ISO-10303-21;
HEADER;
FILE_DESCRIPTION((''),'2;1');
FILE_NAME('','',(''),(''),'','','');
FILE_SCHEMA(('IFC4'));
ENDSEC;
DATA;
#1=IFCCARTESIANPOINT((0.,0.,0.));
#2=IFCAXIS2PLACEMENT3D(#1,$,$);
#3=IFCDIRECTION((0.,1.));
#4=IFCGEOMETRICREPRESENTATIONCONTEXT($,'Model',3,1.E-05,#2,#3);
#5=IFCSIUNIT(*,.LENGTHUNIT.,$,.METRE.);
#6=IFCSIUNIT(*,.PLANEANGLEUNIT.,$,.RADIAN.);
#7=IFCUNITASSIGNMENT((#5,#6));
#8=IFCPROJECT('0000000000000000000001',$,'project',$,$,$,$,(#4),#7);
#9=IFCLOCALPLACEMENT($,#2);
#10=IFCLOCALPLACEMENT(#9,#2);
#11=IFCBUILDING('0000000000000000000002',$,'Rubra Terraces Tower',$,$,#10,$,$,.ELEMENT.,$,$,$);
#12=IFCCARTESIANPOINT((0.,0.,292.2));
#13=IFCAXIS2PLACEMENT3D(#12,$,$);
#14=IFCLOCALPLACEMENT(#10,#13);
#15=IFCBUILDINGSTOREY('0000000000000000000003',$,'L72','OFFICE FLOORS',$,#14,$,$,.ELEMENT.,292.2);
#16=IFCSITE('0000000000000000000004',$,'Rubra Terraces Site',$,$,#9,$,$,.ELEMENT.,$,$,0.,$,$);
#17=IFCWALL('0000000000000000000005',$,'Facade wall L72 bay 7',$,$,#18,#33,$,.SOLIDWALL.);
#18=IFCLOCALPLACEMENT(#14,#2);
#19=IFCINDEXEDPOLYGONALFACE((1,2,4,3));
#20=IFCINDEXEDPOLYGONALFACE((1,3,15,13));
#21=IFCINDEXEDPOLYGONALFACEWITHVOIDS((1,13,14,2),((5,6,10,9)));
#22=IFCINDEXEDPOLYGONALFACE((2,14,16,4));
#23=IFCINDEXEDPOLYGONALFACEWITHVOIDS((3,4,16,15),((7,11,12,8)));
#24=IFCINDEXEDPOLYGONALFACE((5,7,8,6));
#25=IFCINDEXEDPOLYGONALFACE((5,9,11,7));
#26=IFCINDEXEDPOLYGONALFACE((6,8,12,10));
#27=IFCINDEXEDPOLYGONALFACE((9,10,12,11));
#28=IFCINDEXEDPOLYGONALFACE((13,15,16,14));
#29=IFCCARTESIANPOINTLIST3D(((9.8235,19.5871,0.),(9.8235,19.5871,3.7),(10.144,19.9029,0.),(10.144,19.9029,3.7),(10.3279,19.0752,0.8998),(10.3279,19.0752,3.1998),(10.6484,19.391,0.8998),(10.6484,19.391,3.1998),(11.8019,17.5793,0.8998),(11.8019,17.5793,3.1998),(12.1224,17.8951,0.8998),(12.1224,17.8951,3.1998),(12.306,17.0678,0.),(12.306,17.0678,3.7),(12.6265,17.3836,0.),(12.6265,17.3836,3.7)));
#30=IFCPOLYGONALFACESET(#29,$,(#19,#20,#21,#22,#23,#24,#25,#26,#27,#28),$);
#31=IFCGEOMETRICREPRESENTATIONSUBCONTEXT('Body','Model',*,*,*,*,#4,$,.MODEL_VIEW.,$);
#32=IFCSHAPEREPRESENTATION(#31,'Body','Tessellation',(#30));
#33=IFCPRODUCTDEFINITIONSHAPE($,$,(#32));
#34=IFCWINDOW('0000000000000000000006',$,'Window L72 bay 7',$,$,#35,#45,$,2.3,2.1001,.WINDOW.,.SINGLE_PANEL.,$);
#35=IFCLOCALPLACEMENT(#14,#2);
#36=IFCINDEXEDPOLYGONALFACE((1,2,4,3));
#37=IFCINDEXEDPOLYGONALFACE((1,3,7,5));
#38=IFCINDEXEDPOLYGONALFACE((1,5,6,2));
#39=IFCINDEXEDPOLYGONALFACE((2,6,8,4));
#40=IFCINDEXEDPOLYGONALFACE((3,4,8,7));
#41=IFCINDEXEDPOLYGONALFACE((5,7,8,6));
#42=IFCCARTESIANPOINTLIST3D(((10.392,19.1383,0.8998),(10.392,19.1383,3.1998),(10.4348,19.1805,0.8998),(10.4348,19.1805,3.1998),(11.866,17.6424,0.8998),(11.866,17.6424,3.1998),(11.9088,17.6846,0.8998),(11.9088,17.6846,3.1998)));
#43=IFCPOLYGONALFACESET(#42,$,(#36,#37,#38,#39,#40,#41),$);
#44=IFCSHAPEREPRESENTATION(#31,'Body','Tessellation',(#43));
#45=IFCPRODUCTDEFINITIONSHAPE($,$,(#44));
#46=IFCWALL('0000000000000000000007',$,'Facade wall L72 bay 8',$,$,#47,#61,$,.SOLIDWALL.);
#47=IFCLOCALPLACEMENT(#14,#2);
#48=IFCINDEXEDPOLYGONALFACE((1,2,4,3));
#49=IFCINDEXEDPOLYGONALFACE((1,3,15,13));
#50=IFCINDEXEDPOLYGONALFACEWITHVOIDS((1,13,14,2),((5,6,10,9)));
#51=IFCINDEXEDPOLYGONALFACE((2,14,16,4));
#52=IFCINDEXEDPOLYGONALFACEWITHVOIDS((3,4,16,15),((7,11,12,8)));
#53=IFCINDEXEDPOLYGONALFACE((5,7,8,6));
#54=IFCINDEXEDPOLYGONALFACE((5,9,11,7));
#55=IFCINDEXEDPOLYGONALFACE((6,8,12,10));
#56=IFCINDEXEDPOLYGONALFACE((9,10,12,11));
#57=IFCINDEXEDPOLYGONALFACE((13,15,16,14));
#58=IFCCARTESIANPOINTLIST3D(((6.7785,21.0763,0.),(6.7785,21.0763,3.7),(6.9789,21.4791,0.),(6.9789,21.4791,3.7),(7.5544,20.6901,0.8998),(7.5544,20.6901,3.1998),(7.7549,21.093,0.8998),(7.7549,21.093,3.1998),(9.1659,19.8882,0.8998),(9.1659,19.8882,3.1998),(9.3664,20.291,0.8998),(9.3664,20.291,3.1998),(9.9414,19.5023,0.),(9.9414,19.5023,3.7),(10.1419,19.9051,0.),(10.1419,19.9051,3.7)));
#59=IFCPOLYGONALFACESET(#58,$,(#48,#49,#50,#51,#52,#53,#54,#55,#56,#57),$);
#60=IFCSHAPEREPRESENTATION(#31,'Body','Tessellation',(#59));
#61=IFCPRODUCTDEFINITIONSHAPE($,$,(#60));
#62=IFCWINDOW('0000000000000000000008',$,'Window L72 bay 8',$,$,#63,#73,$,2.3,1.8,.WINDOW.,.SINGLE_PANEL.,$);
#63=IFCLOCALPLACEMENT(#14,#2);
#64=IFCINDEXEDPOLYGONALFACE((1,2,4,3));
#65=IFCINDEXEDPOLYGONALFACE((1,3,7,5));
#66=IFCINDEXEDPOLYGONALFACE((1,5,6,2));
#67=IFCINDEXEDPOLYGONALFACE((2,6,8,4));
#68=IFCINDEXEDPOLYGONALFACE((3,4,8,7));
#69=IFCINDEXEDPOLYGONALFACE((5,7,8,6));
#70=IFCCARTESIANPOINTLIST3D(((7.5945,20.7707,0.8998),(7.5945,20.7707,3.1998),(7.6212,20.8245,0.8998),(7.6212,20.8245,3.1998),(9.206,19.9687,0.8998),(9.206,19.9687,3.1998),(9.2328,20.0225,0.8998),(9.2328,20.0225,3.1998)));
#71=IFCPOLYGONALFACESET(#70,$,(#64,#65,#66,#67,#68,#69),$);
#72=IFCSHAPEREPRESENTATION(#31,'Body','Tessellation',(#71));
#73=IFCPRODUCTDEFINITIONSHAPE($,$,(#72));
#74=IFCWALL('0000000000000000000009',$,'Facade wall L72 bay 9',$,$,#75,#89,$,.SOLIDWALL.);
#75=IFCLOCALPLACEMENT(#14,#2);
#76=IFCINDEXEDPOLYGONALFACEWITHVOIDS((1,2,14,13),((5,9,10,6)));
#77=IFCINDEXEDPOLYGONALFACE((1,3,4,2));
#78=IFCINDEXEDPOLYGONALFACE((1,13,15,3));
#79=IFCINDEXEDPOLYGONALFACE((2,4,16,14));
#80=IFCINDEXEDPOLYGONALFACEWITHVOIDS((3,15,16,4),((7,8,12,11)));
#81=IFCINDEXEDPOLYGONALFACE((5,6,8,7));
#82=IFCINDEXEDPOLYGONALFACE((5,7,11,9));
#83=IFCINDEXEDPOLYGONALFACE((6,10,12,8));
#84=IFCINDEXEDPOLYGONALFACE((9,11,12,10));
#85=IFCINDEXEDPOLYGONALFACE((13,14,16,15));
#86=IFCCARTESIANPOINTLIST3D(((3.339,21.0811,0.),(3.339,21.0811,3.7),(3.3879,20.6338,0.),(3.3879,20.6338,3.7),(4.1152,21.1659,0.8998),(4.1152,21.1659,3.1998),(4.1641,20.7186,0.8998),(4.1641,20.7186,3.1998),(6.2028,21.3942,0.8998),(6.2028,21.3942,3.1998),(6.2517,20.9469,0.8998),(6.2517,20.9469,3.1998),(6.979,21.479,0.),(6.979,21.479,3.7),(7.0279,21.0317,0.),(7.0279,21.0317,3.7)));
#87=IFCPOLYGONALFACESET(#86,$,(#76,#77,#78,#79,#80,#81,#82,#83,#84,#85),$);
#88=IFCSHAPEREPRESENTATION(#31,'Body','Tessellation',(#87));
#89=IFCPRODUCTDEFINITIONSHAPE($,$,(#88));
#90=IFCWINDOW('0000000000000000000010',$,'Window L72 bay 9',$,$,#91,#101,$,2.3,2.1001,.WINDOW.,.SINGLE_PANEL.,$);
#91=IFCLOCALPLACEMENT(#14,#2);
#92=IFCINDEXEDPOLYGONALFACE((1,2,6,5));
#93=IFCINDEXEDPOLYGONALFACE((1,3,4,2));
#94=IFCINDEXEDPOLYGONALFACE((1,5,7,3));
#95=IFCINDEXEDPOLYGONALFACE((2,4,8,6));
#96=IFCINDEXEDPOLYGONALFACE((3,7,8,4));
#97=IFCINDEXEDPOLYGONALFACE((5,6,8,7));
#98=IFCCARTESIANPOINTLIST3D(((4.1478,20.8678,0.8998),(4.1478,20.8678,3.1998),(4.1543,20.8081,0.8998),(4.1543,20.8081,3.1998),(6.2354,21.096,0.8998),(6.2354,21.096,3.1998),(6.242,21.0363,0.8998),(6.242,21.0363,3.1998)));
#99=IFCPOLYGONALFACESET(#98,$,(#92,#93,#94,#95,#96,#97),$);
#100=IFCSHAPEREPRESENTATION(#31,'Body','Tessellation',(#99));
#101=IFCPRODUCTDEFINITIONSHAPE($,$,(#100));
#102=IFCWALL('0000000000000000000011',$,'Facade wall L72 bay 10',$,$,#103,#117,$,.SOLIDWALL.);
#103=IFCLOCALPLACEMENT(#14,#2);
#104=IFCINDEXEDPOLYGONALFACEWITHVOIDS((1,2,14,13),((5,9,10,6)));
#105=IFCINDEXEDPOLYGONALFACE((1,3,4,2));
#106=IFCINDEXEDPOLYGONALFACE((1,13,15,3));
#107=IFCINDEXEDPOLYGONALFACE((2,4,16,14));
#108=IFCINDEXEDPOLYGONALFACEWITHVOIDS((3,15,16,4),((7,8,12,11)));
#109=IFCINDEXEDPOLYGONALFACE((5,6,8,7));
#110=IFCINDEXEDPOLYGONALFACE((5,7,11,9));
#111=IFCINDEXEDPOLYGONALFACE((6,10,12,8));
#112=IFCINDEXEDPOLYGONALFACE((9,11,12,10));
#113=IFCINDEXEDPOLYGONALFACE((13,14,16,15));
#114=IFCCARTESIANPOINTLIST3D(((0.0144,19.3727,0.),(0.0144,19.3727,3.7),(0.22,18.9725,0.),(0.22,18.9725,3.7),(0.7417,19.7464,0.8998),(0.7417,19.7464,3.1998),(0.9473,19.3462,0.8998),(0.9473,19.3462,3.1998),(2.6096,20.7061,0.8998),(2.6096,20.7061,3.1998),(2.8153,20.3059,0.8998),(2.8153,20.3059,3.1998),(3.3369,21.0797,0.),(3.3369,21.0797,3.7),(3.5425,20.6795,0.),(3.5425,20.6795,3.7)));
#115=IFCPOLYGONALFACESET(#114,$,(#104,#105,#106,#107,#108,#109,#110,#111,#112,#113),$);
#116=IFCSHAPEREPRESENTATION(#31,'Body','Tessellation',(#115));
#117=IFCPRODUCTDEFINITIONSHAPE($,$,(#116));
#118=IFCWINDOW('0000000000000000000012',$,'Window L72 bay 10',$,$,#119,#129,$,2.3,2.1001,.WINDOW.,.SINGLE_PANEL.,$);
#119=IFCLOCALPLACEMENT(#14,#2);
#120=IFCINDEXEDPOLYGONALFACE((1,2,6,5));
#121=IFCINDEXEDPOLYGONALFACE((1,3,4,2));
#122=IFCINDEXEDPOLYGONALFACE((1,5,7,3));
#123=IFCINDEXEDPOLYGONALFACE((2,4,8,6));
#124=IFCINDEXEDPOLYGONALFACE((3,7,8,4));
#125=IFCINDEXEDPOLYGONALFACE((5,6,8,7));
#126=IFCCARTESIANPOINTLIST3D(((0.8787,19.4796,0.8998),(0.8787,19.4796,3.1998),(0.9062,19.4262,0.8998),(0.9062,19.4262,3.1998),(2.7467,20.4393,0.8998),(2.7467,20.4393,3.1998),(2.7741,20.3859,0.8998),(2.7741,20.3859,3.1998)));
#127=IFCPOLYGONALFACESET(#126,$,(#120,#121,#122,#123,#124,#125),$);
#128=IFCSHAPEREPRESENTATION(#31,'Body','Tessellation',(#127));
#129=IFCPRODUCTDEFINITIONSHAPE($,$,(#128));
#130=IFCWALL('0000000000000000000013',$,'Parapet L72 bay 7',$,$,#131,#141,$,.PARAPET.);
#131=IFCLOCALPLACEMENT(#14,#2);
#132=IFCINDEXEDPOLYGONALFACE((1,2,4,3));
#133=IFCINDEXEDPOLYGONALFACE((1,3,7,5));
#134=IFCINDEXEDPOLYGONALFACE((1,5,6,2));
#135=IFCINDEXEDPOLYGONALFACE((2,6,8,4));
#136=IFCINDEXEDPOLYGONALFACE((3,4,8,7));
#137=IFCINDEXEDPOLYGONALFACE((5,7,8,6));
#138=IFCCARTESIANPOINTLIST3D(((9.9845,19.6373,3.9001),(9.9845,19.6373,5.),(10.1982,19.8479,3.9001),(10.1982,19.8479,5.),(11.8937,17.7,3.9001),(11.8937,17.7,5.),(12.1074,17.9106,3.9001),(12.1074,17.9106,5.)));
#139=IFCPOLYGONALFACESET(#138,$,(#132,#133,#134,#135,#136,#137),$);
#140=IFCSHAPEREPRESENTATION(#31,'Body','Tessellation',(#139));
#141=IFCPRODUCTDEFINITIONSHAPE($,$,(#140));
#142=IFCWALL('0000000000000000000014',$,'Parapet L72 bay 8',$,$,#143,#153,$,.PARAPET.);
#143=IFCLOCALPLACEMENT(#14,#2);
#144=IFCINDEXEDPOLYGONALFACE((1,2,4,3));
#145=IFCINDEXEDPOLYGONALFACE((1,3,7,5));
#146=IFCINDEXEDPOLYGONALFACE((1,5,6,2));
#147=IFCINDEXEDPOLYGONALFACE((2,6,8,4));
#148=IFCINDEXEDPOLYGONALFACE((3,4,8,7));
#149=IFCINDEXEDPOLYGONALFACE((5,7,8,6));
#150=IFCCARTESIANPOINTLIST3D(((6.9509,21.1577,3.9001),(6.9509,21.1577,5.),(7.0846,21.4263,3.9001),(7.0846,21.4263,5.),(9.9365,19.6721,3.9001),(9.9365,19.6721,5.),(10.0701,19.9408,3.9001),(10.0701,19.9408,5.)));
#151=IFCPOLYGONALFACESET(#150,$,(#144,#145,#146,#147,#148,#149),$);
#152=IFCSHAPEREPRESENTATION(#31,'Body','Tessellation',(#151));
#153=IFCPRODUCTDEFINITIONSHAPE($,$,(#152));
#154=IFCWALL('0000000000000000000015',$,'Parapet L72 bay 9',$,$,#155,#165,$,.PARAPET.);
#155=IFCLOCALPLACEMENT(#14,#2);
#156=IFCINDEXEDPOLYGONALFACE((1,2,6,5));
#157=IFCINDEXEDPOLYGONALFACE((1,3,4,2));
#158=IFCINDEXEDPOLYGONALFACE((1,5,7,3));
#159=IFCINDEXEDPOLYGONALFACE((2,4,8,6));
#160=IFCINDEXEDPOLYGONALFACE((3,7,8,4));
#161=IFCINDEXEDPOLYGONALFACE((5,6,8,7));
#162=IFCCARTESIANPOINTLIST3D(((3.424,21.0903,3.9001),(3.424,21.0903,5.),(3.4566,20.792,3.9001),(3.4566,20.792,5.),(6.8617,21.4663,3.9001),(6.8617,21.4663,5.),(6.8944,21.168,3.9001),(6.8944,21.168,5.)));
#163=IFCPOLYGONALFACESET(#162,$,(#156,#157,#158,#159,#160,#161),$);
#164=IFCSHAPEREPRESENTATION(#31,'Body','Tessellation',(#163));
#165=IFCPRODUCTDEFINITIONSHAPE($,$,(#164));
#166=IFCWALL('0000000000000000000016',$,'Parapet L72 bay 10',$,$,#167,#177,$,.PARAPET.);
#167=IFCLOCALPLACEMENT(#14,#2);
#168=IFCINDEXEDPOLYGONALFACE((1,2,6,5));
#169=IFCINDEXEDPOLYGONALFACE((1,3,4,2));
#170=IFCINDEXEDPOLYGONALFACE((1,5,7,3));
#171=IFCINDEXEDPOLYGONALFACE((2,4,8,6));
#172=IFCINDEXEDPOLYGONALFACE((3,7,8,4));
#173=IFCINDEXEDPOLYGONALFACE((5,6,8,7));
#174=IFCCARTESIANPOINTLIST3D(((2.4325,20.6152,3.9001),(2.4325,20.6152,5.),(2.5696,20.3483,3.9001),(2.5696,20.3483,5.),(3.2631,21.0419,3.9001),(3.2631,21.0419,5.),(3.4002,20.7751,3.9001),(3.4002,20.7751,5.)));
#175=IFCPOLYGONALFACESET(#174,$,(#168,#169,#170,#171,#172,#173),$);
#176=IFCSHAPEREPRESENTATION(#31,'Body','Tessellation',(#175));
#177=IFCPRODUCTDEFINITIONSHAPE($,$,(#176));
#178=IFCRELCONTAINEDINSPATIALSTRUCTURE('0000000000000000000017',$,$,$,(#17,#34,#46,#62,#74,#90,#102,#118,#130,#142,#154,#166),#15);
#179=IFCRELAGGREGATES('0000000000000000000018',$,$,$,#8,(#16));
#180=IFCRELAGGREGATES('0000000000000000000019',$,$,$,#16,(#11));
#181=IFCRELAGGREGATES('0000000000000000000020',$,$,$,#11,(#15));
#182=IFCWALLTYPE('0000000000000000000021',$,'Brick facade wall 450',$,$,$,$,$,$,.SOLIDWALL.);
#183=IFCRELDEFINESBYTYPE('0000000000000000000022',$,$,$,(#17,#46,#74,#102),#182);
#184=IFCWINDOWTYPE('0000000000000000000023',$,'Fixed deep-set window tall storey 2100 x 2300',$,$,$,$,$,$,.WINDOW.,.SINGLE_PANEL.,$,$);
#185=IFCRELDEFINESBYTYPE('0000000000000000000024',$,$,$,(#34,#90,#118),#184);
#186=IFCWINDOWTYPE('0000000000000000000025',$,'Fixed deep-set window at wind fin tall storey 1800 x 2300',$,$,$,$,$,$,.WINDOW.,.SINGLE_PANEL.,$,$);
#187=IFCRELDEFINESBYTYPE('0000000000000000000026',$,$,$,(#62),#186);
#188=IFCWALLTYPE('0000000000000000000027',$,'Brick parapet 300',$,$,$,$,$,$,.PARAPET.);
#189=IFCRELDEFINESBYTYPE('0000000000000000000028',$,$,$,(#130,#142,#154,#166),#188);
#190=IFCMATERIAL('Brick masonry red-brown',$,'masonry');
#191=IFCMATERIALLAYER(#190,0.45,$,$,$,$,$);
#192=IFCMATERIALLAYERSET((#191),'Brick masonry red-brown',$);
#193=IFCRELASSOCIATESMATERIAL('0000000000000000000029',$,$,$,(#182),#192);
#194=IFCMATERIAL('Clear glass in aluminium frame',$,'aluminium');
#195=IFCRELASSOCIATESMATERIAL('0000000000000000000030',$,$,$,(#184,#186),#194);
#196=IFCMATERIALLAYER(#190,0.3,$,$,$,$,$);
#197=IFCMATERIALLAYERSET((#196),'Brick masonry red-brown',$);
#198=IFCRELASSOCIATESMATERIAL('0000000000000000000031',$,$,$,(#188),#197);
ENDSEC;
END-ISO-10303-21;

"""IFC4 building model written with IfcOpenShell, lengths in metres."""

from ifc_helpers import new_model, si_unit, direction, frame, frame_2d, origin, place, context, subcontext, project, spatial, rectangle, extrude, material, layer, layer_set, type_object, element, fill, save


model = new_model("IFC4")

# Units and contexts
model_context = context("Model", 3, precision=1e-05, world=origin(), true_north=direction((0.0, 1.0)))
body_context = subcontext(model_context, "Body", "Model", "MODEL_VIEW")
ifc_project = project(units=[si_unit("LENGTHUNIT", "METRE"), si_unit("PLANEANGLEUNIT", "RADIAN")], contexts=[model_context])

# Site, building, storey
site_placement = place(None, origin())
site = spatial("IfcSite", under=ifc_project, at=site_placement, Name="Rubra Terraces Site", CompositionType="ELEMENT", RefElevation=0.0)
building_placement = place(site_placement, origin())
building = spatial("IfcBuilding", under=site, at=building_placement, Name="Rubra Terraces Tower", CompositionType="ELEMENT")
storey_placement = place(building_placement, frame((0.0, 0.0, 292.2)))
storey = spatial("IfcBuildingStorey", under=building, at=storey_placement, Name="L72", Description="OFFICE FLOORS", CompositionType="ELEMENT", Elevation=292.2)

# Walls, openings, windows
ifc_material_1 = material(Name="Brick masonry red-brown", Category="masonry")
ifc_layer_1 = layer(ifc_material_1, 0.45)
ifc_layer_set_1 = layer_set([ifc_layer_1], Name="Brick masonry red-brown")
wall_type_1 = type_object("IfcWallType", Name="Brick facade wall 450", PredefinedType="SOLIDWALL", material=ifc_layer_set_1)
wall_1_placement = place(storey_placement, frame((12.4663, 17.2256, 0.0), z_axis=(0.0, 0.0, 1.0), x_axis=(-0.701876, 0.712299, 0.0)))
wall_1 = element("IfcWall", 1, at=wall_1_placement, inside=storey, type_object=wall_type_1, Name="Facade wall L72 bay 7", PredefinedType="SOLIDWALL", context=body_context, shape_type="SweptSolid", body=[
    extrude(rectangle(XDim=3.5369, YDim=0.45, at=frame_2d((1.7686, 0.0))), origin(), (0.0, 0.0, 1.0), 3.7),
])
opening_1_placement = place(wall_1_placement, frame((0.7183, 0.0, 0.8999)))
opening_1 = element("IfcOpeningElement", 2, at=opening_1_placement, cuts=wall_1, PredefinedType="OPENING", context=body_context, shape_type="SweptSolid", body=[
    extrude(rectangle(XDim=2.1001, YDim=2.3, at=frame_2d((1.05, 1.1499))), frame((0.0, 0.2349, 0.0), z_axis=(0.0, -1.0, 0.0), x_axis=(1.0, 0.0, 0.0)), (0.0, 0.0, 1.0), 0.47),
])
ifc_material_2 = material(Name="Clear glass in aluminium frame", Category="aluminium")
window_type_1 = type_object("IfcWindowType", Name="Fixed deep-set window tall storey 2100 x 2300", PartitioningType="SINGLE_PANEL", PredefinedType="WINDOW", material=ifc_material_2)
window_1_placement = place(opening_1_placement, origin())
window_1 = element("IfcWindow", 3, at=window_1_placement, inside=storey, type_object=window_type_1, Name="Window L72 bay 7", OverallHeight=2.3, OverallWidth=2.1001, PartitioningType="SINGLE_PANEL", PredefinedType="WINDOW", context=body_context, shape_type="SweptSolid", body=[
    extrude(rectangle(XDim=2.1001, YDim=2.3, at=frame_2d((1.05, 1.1499))), frame((0.0, 0.135, 0.0), z_axis=(0.0, -1.0, 0.0), x_axis=(1.0, 0.0, 0.0)), (0.0, 0.0, 1.0), 0.0601),
])
fill(opening_1, window_1)
wall_2_placement = place(storey_placement, frame((10.0417, 19.7036, 0.0), z_axis=(0.0, 0.0, 1.0), x_axis=(-0.895269, 0.445527, 0.0)))
wall_2 = element("IfcWall", 4, at=wall_2_placement, inside=storey, type_object=wall_type_1, Name="Facade wall L72 bay 8", PredefinedType="SOLIDWALL", context=body_context, shape_type="SweptSolid", body=[
    extrude(rectangle(XDim=3.533, YDim=0.45, at=frame_2d((1.7666, 0.0))), origin(), (0.0, 0.0, 1.0), 3.7),
])
opening_2_placement = place(wall_2_placement, frame((0.8665, 0.0, 0.8999)))
opening_2 = element("IfcOpeningElement", 5, at=opening_2_placement, cuts=wall_2, PredefinedType="OPENING", context=body_context, shape_type="SweptSolid", body=[
    extrude(rectangle(XDim=1.8, YDim=2.3, at=frame_2d((0.8999, 1.1499))), frame((0.0, 0.2349, 0.0), z_axis=(0.0, -1.0, 0.0), x_axis=(1.0, 0.0, 0.0)), (0.0, 0.0, 1.0), 0.47),
])
window_type_2 = type_object("IfcWindowType", Name="Fixed deep-set window at wind fin tall storey 1800 x 2300", PartitioningType="SINGLE_PANEL", PredefinedType="WINDOW", material=ifc_material_2)
window_2_placement = place(opening_2_placement, origin())
window_2 = element("IfcWindow", 6, at=window_2_placement, inside=storey, type_object=window_type_2, Name="Window L72 bay 8", OverallHeight=2.3, OverallWidth=1.8, PartitioningType="SINGLE_PANEL", PredefinedType="WINDOW", context=body_context, shape_type="SweptSolid", body=[
    extrude(rectangle(XDim=1.8, YDim=2.3, at=frame_2d((0.8999, 1.1499))), frame((0.0, 0.135, 0.0), z_axis=(0.0, -1.0, 0.0), x_axis=(1.0, 0.0, 0.0)), (0.0, 0.0, 1.0), 0.0601),
])
fill(opening_2, window_2)
wall_3_placement = place(storey_placement, frame((7.0034, 21.2554, 0.0), z_axis=(0.0, 0.0, 1.0), x_axis=(-0.994077, -0.108682, 0.0)))
wall_3 = element("IfcWall", 7, at=wall_3_placement, inside=storey, type_object=wall_type_1, Name="Facade wall L72 bay 9", PredefinedType="SOLIDWALL", context=body_context, shape_type="SweptSolid", body=[
    extrude(rectangle(XDim=3.6616, YDim=0.45, at=frame_2d((1.8308, 0.0))), origin(), (0.0, 0.0, 1.0), 3.7),
])
opening_3_placement = place(wall_3_placement, frame((0.7808, 0.0, 0.8999)))
opening_3 = element("IfcOpeningElement", 8, at=opening_3_placement, cuts=wall_3, PredefinedType="OPENING", context=body_context, shape_type="SweptSolid", body=[
    extrude(rectangle(XDim=2.1001, YDim=2.3, at=frame_2d((1.05, 1.1499))), frame((0.0, 0.2349, 0.0), z_axis=(0.0, -1.0, 0.0), x_axis=(1.0, 0.0, 0.0)), (0.0, 0.0, 1.0), 0.47),
])
window_3_placement = place(opening_3_placement, origin())
window_3 = element("IfcWindow", 9, at=window_3_placement, inside=storey, type_object=window_type_1, Name="Window L72 bay 9", OverallHeight=2.3, OverallWidth=2.1001, PartitioningType="SINGLE_PANEL", PredefinedType="WINDOW", context=body_context, shape_type="SweptSolid", body=[
    extrude(rectangle(XDim=2.1001, YDim=2.3, at=frame_2d((1.05, 1.1499))), frame((0.0, 0.135, 0.0), z_axis=(0.0, -1.0, 0.0), x_axis=(1.0, 0.0, 0.0)), (0.0, 0.0, 1.0), 0.0601),
])
fill(opening_3, window_3)
wall_4_placement = place(storey_placement, frame((3.4397, 20.8796, 0.0), z_axis=(0.0, 0.0, 1.0), x_axis=(-0.889472, -0.456991, 0.0)))
wall_4 = element("IfcWall", 10, at=wall_4_placement, inside=storey, type_object=wall_type_1, Name="Facade wall L72 bay 10", PredefinedType="SOLIDWALL", context=body_context, shape_type="SweptSolid", body=[
    extrude(rectangle(XDim=3.7354, YDim=0.45, at=frame_2d((1.8677, 0.0))), origin(), (0.0, 0.0, 1.0), 3.7),
])
opening_4_placement = place(wall_4_placement, frame((0.8176, 0.0, 0.8999)))
opening_4 = element("IfcOpeningElement", 11, at=opening_4_placement, cuts=wall_4, PredefinedType="OPENING", context=body_context, shape_type="SweptSolid", body=[
    extrude(rectangle(XDim=2.1001, YDim=2.3, at=frame_2d((1.05, 1.1499))), frame((0.0, 0.2349, 0.0), z_axis=(0.0, -1.0, 0.0), x_axis=(1.0, 0.0, 0.0)), (0.0, 0.0, 1.0), 0.47),
])
window_4_placement = place(opening_4_placement, origin())
window_4 = element("IfcWindow", 12, at=window_4_placement, inside=storey, type_object=window_type_1, Name="Window L72 bay 10", OverallHeight=2.3, OverallWidth=2.1001, PartitioningType="SINGLE_PANEL", PredefinedType="WINDOW", context=body_context, shape_type="SweptSolid", body=[
    extrude(rectangle(XDim=2.1001, YDim=2.3, at=frame_2d((1.05, 1.1499))), frame((0.0, 0.135, 0.0), z_axis=(0.0, -1.0, 0.0), x_axis=(1.0, 0.0, 0.0)), (0.0, 0.0, 1.0), 0.0601),
])
fill(opening_4, window_4)

# Walls
ifc_layer_2 = layer(ifc_material_1, 0.3)
ifc_layer_set_2 = layer_set([ifc_layer_2], Name="Brick masonry red-brown")
wall_type_2 = type_object("IfcWallType", Name="Brick parapet 300", PredefinedType="PARAPET", material=ifc_layer_set_2)
wall_5_placement = place(storey_placement, frame((12.0005, 17.8054, 3.9001), z_axis=(0.0, 0.0, 1.0), x_axis=(-0.701927, 0.712249, 0.0)))
element("IfcWall", 13, at=wall_5_placement, inside=storey, type_object=wall_type_2, Name="Parapet L72 bay 7", PredefinedType="PARAPET", context=body_context, shape_type="SweptSolid", body=[
    extrude(rectangle(XDim=2.72, YDim=0.3, at=frame_2d((1.3599, 0.0))), origin(), (0.0, 0.0, 1.0), 1.0999),
])
wall_6_placement = place(storey_placement, frame((10.0034, 19.8064, 3.9001), z_axis=(0.0, 0.0, 1.0), x_axis=(-0.895289, 0.445485, 0.0)))
element("IfcWall", 14, at=wall_6_placement, inside=storey, type_object=wall_type_2, Name="Parapet L72 bay 8", PredefinedType="PARAPET", context=body_context, shape_type="SweptSolid", body=[
    extrude(rectangle(XDim=3.3347, YDim=0.3, at=frame_2d((1.6675, 0.0))), origin(), (0.0, 0.0, 1.0), 1.0999),
])
wall_7_placement = place(storey_placement, frame((6.8779, 21.3171, 3.9001), z_axis=(0.0, 0.0, 1.0), x_axis=(-0.994073, -0.108719, 0.0)))
element("IfcWall", 15, at=wall_7_placement, inside=storey, type_object=wall_type_2, Name="Parapet L72 bay 9", PredefinedType="PARAPET", context=body_context, shape_type="SweptSolid", body=[
    extrude(rectangle(XDim=3.4583, YDim=0.3, at=frame_2d((1.729, 0.0))), origin(), (0.0, 0.0, 1.0), 1.0999),
])
wall_8_placement = place(storey_placement, frame((3.3315, 20.9084, 3.9001), z_axis=(0.0, 0.0, 1.0), x_axis=(-0.889458, -0.457017, 0.0)))
element("IfcWall", 16, at=wall_8_placement, inside=storey, type_object=wall_type_2, Name="Parapet L72 bay 10", PredefinedType="PARAPET", context=body_context, shape_type="SweptSolid", body=[
    extrude(rectangle(XDim=0.9338, YDim=0.3, at=frame_2d((0.4668, 0.0))), origin(), (0.0, 0.0, 1.0), 1.0999),
])

save(model, "model.ifc")
